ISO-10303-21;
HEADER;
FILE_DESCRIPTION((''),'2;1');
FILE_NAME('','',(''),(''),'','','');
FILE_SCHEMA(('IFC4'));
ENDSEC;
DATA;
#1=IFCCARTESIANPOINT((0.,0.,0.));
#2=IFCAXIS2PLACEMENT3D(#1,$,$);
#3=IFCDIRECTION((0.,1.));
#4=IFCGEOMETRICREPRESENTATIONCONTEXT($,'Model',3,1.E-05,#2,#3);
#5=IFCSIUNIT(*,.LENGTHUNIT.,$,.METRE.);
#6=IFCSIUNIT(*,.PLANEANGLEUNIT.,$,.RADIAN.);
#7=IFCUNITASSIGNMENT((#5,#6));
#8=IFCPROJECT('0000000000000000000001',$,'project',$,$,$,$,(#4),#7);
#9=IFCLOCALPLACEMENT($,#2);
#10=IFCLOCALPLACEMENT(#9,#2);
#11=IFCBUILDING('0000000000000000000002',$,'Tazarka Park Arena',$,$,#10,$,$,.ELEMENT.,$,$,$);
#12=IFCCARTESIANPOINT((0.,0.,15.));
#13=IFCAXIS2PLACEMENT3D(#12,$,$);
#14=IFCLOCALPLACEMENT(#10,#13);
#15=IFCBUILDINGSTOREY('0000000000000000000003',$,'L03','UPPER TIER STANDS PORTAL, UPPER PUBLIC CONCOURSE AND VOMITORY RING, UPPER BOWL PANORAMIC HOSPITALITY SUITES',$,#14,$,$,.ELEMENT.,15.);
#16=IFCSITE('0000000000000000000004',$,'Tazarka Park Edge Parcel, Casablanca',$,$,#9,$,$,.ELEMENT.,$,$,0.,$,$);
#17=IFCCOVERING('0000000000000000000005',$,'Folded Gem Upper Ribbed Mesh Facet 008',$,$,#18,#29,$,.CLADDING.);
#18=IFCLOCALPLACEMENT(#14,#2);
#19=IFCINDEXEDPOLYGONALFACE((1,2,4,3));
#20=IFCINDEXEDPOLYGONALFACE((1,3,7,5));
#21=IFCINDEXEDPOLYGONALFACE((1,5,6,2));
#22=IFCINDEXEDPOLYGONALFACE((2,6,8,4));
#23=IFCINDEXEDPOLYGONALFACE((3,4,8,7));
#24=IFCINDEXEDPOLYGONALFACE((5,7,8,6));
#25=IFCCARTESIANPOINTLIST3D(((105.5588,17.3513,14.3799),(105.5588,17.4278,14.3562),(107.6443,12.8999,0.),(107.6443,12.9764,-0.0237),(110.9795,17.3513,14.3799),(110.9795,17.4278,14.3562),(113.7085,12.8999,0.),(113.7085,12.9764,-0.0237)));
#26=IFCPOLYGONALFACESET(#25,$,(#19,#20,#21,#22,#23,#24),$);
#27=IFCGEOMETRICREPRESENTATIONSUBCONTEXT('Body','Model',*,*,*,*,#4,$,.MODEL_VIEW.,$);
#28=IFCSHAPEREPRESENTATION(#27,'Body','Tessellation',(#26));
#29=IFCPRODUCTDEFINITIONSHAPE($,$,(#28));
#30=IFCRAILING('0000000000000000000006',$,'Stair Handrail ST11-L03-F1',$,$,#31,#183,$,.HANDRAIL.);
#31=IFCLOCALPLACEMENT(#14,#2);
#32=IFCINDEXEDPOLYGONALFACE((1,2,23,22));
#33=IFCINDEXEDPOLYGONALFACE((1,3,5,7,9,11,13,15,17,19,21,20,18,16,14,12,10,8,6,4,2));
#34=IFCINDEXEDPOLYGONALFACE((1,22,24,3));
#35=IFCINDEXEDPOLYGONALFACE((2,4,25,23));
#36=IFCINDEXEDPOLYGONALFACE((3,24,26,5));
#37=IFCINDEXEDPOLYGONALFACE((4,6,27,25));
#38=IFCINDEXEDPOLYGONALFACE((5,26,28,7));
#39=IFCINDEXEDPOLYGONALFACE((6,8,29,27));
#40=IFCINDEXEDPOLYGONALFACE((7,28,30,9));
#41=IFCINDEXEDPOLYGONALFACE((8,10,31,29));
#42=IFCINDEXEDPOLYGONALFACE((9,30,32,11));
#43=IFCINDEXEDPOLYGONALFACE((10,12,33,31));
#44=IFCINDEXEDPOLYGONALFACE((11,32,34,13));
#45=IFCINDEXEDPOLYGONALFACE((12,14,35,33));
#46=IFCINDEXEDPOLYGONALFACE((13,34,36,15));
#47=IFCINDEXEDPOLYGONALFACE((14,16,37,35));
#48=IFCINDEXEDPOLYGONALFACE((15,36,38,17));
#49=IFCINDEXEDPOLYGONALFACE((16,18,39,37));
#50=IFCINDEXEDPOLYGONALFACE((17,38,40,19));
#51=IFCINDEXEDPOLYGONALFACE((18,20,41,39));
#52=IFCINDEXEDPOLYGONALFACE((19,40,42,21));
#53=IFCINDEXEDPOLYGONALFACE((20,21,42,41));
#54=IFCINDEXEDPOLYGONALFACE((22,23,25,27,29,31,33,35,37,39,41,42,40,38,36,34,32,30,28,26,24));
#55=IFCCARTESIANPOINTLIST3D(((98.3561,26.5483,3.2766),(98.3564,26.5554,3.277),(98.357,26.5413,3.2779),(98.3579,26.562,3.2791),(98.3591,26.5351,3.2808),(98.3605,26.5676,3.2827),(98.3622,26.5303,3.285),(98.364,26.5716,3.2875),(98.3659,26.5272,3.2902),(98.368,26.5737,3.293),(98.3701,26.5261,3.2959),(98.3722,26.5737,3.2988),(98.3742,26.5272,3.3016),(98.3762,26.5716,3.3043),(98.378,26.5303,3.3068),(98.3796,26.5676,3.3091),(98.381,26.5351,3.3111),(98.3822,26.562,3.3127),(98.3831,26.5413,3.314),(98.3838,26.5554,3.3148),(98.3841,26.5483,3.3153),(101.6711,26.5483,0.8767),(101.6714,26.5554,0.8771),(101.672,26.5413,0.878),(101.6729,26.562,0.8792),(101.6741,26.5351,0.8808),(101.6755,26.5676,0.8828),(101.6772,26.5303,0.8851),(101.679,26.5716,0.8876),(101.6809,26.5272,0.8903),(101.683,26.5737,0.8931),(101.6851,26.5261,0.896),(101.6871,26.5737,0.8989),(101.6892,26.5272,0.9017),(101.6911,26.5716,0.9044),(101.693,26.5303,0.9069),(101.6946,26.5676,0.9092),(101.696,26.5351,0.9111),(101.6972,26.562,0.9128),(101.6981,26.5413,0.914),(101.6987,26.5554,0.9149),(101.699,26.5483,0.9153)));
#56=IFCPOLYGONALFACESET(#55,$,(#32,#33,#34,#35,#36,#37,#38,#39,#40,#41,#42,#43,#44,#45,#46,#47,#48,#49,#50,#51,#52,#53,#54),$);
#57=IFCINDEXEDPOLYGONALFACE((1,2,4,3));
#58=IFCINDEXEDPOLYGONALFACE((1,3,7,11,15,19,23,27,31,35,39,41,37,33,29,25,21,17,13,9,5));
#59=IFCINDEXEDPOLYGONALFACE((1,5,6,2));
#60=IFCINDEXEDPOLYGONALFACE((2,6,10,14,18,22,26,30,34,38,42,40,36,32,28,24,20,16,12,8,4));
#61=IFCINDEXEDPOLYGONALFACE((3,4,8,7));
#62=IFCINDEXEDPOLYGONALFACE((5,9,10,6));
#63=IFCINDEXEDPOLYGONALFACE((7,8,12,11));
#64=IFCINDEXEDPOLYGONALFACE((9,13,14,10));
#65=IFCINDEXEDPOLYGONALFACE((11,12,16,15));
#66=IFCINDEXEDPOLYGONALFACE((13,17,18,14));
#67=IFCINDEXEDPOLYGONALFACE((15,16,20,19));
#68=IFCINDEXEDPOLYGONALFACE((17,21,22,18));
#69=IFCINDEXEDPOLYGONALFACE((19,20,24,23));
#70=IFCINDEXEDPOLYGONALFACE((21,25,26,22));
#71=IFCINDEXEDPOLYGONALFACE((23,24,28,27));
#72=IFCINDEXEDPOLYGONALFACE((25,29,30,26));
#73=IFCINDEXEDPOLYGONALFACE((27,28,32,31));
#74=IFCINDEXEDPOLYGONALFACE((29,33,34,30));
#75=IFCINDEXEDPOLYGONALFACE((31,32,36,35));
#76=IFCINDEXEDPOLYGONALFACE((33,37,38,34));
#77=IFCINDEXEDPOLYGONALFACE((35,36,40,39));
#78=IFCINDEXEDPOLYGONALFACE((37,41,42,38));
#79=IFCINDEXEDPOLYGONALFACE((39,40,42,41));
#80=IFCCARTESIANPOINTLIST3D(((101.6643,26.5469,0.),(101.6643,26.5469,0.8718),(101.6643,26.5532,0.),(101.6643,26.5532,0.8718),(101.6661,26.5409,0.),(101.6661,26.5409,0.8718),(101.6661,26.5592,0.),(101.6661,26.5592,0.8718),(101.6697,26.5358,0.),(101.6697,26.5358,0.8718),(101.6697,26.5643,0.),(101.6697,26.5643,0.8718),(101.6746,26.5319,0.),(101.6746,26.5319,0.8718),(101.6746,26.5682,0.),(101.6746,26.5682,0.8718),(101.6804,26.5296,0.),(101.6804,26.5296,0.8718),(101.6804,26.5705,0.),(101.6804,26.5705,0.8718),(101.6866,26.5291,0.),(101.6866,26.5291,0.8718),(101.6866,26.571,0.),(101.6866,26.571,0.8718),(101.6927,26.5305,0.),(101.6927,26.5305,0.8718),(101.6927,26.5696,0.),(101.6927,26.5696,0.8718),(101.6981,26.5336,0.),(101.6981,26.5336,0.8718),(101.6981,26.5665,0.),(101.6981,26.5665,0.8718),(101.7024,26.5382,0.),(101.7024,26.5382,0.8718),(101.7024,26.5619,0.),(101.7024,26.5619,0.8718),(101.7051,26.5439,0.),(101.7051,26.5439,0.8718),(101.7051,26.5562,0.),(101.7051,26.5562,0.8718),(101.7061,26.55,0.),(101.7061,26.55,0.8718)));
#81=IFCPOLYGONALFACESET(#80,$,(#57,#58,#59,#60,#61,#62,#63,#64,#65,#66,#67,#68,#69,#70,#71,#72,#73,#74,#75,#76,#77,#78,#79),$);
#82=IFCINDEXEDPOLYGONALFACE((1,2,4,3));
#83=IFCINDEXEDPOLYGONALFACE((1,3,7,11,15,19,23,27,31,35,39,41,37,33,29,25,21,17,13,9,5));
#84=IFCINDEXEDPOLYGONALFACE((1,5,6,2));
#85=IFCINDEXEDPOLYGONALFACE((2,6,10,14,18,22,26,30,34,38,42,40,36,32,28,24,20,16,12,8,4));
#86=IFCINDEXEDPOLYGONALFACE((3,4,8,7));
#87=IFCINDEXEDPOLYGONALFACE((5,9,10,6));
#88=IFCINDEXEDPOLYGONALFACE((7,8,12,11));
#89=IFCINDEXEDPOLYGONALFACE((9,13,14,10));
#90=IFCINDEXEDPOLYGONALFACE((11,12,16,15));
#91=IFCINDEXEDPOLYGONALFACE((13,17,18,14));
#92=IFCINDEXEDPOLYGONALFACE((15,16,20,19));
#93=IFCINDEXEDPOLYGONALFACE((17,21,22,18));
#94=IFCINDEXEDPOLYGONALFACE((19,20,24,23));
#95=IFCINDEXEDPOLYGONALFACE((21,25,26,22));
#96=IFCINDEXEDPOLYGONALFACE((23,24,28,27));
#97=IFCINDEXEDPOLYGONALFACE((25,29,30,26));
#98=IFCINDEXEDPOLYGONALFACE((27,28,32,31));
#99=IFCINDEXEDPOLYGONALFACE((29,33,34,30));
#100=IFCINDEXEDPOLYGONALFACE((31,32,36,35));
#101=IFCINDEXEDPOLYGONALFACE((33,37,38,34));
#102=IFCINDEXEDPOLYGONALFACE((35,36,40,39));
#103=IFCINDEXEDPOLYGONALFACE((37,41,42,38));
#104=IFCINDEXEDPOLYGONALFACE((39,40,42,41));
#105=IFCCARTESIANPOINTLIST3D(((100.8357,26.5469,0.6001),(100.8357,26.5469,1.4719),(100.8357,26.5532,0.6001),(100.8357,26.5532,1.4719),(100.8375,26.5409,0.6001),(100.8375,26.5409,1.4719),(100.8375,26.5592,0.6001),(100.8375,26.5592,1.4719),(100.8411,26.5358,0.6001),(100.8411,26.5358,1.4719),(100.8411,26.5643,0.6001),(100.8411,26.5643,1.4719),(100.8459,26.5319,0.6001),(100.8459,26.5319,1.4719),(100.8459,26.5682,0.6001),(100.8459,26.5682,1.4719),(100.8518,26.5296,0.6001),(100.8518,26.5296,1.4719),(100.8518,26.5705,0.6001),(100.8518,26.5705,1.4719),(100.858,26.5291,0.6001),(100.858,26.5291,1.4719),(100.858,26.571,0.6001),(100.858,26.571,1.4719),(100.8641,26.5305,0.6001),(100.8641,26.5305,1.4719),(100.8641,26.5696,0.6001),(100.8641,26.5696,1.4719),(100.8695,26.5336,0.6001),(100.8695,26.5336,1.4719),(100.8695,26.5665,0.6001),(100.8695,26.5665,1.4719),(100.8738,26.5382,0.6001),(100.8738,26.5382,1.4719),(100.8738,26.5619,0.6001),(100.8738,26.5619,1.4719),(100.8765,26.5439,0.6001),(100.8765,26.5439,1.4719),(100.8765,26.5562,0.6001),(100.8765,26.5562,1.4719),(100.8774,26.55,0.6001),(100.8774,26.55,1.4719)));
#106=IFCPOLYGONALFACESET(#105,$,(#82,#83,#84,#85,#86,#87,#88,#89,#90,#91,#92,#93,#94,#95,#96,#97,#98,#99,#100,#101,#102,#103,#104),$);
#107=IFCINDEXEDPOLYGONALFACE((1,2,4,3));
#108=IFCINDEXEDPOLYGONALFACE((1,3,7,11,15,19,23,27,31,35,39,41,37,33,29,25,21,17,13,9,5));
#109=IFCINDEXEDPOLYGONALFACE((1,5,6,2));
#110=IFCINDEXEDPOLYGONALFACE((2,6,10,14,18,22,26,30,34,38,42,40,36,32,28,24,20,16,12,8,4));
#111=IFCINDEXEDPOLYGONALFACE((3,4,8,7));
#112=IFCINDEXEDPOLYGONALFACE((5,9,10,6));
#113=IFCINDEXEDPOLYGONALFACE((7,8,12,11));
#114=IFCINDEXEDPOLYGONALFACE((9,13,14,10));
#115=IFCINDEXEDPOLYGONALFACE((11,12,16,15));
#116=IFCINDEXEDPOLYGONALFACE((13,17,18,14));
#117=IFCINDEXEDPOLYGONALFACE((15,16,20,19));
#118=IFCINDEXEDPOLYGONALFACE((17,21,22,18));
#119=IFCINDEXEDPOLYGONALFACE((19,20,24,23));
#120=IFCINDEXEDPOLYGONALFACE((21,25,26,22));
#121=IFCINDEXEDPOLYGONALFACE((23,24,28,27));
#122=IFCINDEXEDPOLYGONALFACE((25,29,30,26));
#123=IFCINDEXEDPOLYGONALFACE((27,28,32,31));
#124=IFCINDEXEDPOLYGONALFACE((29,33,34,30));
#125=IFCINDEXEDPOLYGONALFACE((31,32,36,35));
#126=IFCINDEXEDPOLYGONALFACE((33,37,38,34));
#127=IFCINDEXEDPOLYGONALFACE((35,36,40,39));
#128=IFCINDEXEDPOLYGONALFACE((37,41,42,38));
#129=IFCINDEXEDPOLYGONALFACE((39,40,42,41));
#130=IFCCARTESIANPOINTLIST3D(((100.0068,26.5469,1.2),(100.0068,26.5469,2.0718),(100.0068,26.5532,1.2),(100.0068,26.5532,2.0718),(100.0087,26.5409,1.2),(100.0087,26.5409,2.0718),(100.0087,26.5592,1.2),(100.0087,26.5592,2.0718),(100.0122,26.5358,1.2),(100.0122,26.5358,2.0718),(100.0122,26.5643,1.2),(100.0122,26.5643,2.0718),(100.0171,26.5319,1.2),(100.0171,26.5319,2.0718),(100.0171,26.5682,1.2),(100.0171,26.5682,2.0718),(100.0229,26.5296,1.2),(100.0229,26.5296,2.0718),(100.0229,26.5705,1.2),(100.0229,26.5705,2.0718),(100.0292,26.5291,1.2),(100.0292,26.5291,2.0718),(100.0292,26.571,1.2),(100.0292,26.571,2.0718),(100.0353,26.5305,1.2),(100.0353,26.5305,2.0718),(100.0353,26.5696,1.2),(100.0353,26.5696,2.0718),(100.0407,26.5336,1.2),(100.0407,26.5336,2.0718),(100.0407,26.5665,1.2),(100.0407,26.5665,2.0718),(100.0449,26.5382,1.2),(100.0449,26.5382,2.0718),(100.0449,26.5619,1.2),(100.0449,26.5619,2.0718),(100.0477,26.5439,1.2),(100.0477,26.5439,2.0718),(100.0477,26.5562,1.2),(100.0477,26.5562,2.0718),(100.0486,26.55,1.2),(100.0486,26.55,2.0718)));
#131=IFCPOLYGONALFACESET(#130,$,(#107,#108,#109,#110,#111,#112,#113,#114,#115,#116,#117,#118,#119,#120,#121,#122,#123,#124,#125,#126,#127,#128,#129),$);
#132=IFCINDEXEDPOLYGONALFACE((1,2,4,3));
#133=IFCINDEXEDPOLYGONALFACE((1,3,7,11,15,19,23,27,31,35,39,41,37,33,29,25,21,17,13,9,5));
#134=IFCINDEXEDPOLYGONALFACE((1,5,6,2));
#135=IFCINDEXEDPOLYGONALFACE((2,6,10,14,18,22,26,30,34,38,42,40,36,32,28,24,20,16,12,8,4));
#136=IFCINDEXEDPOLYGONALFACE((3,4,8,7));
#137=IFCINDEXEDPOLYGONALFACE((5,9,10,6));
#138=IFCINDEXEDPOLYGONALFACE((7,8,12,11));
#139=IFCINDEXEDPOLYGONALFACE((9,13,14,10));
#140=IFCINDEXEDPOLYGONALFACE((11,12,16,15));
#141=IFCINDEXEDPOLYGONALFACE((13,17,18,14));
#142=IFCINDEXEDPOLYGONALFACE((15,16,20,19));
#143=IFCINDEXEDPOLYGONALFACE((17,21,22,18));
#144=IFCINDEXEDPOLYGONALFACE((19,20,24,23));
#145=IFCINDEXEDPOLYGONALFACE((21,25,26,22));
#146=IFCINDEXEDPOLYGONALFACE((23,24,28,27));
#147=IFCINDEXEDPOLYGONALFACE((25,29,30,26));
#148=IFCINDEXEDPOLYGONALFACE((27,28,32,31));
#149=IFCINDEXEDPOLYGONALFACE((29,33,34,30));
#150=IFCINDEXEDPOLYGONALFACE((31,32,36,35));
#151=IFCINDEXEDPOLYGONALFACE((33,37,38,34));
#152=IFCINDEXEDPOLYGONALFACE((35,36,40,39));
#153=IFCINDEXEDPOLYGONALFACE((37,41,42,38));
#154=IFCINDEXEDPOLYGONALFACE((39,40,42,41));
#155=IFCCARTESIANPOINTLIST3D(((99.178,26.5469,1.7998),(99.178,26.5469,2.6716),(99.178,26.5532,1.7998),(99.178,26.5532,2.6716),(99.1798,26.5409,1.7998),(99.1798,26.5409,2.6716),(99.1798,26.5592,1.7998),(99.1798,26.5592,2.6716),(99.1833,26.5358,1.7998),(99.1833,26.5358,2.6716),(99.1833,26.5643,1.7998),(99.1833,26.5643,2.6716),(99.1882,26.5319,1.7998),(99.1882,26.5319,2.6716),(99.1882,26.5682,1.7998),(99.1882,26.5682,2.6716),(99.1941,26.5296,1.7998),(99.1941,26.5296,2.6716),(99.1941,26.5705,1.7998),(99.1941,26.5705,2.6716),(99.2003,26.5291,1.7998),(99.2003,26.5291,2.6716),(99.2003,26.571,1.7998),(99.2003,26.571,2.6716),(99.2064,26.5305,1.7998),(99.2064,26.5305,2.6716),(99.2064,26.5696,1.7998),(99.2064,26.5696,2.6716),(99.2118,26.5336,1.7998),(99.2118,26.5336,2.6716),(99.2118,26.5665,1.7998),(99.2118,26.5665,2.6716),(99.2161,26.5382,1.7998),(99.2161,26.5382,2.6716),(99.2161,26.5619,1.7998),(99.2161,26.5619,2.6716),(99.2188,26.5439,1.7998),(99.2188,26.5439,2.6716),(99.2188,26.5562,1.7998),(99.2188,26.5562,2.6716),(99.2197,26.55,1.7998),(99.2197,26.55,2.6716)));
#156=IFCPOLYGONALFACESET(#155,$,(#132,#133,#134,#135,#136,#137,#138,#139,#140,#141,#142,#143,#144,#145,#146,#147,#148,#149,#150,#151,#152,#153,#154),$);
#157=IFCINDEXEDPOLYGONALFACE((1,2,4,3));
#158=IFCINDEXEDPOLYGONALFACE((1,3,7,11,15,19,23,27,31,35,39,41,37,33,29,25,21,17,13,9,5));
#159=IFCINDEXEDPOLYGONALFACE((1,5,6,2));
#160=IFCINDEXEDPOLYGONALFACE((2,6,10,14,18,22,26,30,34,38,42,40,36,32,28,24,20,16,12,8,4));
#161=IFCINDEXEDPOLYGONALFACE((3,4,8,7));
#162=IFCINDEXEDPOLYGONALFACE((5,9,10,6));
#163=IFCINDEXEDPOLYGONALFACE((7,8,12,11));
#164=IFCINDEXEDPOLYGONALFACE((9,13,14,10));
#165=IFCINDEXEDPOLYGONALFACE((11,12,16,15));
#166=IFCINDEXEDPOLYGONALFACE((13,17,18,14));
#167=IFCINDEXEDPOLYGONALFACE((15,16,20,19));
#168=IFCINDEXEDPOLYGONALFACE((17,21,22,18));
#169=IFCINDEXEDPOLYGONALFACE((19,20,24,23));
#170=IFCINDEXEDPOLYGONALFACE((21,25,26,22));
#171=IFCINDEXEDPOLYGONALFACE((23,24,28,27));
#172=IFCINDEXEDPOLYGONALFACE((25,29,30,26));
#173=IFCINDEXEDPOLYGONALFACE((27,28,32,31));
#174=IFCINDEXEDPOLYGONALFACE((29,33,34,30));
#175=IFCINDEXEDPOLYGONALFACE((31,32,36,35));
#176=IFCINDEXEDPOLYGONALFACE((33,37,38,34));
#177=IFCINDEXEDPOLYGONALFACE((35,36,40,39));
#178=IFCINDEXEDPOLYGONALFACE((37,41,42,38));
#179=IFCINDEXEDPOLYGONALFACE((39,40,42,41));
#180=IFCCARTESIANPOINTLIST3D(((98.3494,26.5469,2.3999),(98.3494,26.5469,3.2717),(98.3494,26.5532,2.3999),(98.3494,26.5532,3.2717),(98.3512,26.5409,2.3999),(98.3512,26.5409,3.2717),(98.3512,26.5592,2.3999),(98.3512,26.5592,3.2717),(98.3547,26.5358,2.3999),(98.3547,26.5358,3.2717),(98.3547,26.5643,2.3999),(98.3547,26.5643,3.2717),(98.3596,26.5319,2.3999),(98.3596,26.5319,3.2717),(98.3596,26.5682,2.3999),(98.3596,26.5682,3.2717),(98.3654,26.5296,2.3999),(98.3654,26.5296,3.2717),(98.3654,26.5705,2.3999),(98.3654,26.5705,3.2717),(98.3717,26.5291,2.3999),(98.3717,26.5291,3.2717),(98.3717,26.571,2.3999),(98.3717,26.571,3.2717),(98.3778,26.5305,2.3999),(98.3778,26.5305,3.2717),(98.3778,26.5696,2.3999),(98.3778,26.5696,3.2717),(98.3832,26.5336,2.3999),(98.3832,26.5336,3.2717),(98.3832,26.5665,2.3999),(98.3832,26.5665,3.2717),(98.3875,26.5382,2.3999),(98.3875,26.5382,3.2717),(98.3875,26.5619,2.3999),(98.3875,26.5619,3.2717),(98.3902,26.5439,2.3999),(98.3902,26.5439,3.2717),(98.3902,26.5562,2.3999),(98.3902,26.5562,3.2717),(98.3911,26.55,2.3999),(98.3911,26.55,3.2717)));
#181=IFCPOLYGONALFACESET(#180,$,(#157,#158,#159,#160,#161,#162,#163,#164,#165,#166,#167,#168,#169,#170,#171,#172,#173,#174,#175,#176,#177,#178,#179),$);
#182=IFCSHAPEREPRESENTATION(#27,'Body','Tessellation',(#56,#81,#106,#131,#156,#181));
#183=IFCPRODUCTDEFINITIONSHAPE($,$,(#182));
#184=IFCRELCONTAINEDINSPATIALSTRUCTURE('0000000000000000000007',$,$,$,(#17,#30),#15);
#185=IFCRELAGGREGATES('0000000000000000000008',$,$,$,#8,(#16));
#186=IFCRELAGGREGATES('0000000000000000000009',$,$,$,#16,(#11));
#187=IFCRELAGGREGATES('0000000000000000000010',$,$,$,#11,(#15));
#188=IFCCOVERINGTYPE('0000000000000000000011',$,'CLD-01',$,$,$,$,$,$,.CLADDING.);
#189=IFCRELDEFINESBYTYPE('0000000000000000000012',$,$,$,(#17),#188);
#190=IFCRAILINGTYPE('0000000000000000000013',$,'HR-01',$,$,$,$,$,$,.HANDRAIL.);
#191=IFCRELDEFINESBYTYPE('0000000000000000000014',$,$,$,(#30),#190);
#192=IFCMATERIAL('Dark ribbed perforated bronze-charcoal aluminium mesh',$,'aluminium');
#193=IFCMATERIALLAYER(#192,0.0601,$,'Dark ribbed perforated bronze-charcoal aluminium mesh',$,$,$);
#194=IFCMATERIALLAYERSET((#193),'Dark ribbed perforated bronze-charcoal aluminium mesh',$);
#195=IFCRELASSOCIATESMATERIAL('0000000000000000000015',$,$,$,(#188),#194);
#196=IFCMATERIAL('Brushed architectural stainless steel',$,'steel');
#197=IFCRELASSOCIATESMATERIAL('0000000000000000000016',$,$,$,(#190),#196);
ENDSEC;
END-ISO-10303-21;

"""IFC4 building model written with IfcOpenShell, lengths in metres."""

from ifc_helpers import new_model, si_unit, direction, frame, origin, origin_2d, place, context, subcontext, project, spatial, polyline, circle, outline, extrude, material, layer, layer_set, type_object, element, save


model = new_model("IFC4")

# Units and contexts
model_context = context("Model", 3, precision=1e-05, world=origin(), true_north=direction((0.0, 1.0)))
body_context = subcontext(model_context, "Body", "Model", "MODEL_VIEW")
ifc_project = project(units=[si_unit("LENGTHUNIT", "METRE"), si_unit("PLANEANGLEUNIT", "RADIAN")], contexts=[model_context])

# Site, building, storey
site_placement = place(None, origin())
site = spatial("IfcSite", under=ifc_project, at=site_placement, Name="Tazarka Park Edge Parcel, Casablanca", CompositionType="ELEMENT", RefElevation=0.0)
building_placement = place(site_placement, origin())
building = spatial("IfcBuilding", under=site, at=building_placement, Name="Tazarka Park Arena", CompositionType="ELEMENT")
storey_placement = place(building_placement, frame((0.0, 0.0, 15.0)))
storey = spatial("IfcBuildingStorey", under=building, at=storey_placement, Name="L03", Description="UPPER TIER STANDS PORTAL, UPPER PUBLIC CONCOURSE AND VOMITORY RING, UPPER BOWL PANORAMIC HOSPITALITY SUITES", CompositionType="ELEMENT", Elevation=15.0)

# Covering
ifc_material_1 = material(Name="Dark ribbed perforated bronze-charcoal aluminium mesh", Category="aluminium")
ifc_layer_1 = layer(ifc_material_1, 0.0601, Name="Dark ribbed perforated bronze-charcoal aluminium mesh")
ifc_layer_set_1 = layer_set([ifc_layer_1], Name="Dark ribbed perforated bronze-charcoal aluminium mesh")
covering_type = type_object("IfcCoveringType", Name="CLD-01", PredefinedType="CLADDING", material=ifc_layer_set_1)
covering_1_placement = place(storey_placement, frame((107.6443, 12.8999, 0.0), z_axis=(0.0, -0.955277, 0.295714), x_axis=(1.0, 0.0, 0.0)))
element("IfcCovering", 1, at=covering_1_placement, inside=storey, type_object=covering_type, Name="Folded Gem Upper Ribbed Mesh Facet 008", PredefinedType="CLADDING", context=body_context, shape_type="SweptSolid", body=[
    extrude(outline(polyline([(0.0, 0.0), (6.0642, 0.0), (3.3352, 15.0531), (-2.0854, 15.0531), (0.0, 0.0)])), origin(), (0.0, 0.0, -1.0), 0.0801),
])

# Railing
ifc_material_2 = material(Name="Brushed architectural stainless steel", Category="steel")
railing_type_1 = type_object("IfcRailingType", Name="HR-01", PredefinedType="HANDRAIL", material=ifc_material_2)
railing_1_placement = place(storey_placement, frame((101.6851, 26.55, 0.0)))
element("IfcRailing", 2, at=railing_1_placement, inside=storey, type_object=railing_type_1, Name="Stair Handrail ST11-L03-F1", PredefinedType="HANDRAIL", context=body_context, shape_type="SweptSolid", body=[
    extrude(circle(Radius=0.0239, at=origin_2d()), frame((0.0, 0.0, 0.896), z_axis=(-0.810009, 0.0, 0.586418), x_axis=(0.0, -1.0, 0.0)), (0.0, 0.0, 1.0), 4.0925),
    extrude(circle(Radius=0.021, at=origin_2d()), origin(), (0.0, 0.0, 1.0), 0.8718),
    extrude(circle(Radius=0.021, at=origin_2d()), frame((-0.8286, 0.0, 0.6001)), (0.0, 0.0, 1.0), 0.8718),
    extrude(circle(Radius=0.021, at=origin_2d()), frame((-1.6575, 0.0, 1.2)), (0.0, 0.0, 1.0), 0.8718),
    extrude(circle(Radius=0.021, at=origin_2d()), frame((-2.4863, 0.0, 1.7998)), (0.0, 0.0, 1.0), 0.8718),
    extrude(circle(Radius=0.021, at=origin_2d()), frame((-3.3149, 0.0, 2.3999)), (0.0, 0.0, 1.0), 0.8718),
])

save(model, "model.ifc")
